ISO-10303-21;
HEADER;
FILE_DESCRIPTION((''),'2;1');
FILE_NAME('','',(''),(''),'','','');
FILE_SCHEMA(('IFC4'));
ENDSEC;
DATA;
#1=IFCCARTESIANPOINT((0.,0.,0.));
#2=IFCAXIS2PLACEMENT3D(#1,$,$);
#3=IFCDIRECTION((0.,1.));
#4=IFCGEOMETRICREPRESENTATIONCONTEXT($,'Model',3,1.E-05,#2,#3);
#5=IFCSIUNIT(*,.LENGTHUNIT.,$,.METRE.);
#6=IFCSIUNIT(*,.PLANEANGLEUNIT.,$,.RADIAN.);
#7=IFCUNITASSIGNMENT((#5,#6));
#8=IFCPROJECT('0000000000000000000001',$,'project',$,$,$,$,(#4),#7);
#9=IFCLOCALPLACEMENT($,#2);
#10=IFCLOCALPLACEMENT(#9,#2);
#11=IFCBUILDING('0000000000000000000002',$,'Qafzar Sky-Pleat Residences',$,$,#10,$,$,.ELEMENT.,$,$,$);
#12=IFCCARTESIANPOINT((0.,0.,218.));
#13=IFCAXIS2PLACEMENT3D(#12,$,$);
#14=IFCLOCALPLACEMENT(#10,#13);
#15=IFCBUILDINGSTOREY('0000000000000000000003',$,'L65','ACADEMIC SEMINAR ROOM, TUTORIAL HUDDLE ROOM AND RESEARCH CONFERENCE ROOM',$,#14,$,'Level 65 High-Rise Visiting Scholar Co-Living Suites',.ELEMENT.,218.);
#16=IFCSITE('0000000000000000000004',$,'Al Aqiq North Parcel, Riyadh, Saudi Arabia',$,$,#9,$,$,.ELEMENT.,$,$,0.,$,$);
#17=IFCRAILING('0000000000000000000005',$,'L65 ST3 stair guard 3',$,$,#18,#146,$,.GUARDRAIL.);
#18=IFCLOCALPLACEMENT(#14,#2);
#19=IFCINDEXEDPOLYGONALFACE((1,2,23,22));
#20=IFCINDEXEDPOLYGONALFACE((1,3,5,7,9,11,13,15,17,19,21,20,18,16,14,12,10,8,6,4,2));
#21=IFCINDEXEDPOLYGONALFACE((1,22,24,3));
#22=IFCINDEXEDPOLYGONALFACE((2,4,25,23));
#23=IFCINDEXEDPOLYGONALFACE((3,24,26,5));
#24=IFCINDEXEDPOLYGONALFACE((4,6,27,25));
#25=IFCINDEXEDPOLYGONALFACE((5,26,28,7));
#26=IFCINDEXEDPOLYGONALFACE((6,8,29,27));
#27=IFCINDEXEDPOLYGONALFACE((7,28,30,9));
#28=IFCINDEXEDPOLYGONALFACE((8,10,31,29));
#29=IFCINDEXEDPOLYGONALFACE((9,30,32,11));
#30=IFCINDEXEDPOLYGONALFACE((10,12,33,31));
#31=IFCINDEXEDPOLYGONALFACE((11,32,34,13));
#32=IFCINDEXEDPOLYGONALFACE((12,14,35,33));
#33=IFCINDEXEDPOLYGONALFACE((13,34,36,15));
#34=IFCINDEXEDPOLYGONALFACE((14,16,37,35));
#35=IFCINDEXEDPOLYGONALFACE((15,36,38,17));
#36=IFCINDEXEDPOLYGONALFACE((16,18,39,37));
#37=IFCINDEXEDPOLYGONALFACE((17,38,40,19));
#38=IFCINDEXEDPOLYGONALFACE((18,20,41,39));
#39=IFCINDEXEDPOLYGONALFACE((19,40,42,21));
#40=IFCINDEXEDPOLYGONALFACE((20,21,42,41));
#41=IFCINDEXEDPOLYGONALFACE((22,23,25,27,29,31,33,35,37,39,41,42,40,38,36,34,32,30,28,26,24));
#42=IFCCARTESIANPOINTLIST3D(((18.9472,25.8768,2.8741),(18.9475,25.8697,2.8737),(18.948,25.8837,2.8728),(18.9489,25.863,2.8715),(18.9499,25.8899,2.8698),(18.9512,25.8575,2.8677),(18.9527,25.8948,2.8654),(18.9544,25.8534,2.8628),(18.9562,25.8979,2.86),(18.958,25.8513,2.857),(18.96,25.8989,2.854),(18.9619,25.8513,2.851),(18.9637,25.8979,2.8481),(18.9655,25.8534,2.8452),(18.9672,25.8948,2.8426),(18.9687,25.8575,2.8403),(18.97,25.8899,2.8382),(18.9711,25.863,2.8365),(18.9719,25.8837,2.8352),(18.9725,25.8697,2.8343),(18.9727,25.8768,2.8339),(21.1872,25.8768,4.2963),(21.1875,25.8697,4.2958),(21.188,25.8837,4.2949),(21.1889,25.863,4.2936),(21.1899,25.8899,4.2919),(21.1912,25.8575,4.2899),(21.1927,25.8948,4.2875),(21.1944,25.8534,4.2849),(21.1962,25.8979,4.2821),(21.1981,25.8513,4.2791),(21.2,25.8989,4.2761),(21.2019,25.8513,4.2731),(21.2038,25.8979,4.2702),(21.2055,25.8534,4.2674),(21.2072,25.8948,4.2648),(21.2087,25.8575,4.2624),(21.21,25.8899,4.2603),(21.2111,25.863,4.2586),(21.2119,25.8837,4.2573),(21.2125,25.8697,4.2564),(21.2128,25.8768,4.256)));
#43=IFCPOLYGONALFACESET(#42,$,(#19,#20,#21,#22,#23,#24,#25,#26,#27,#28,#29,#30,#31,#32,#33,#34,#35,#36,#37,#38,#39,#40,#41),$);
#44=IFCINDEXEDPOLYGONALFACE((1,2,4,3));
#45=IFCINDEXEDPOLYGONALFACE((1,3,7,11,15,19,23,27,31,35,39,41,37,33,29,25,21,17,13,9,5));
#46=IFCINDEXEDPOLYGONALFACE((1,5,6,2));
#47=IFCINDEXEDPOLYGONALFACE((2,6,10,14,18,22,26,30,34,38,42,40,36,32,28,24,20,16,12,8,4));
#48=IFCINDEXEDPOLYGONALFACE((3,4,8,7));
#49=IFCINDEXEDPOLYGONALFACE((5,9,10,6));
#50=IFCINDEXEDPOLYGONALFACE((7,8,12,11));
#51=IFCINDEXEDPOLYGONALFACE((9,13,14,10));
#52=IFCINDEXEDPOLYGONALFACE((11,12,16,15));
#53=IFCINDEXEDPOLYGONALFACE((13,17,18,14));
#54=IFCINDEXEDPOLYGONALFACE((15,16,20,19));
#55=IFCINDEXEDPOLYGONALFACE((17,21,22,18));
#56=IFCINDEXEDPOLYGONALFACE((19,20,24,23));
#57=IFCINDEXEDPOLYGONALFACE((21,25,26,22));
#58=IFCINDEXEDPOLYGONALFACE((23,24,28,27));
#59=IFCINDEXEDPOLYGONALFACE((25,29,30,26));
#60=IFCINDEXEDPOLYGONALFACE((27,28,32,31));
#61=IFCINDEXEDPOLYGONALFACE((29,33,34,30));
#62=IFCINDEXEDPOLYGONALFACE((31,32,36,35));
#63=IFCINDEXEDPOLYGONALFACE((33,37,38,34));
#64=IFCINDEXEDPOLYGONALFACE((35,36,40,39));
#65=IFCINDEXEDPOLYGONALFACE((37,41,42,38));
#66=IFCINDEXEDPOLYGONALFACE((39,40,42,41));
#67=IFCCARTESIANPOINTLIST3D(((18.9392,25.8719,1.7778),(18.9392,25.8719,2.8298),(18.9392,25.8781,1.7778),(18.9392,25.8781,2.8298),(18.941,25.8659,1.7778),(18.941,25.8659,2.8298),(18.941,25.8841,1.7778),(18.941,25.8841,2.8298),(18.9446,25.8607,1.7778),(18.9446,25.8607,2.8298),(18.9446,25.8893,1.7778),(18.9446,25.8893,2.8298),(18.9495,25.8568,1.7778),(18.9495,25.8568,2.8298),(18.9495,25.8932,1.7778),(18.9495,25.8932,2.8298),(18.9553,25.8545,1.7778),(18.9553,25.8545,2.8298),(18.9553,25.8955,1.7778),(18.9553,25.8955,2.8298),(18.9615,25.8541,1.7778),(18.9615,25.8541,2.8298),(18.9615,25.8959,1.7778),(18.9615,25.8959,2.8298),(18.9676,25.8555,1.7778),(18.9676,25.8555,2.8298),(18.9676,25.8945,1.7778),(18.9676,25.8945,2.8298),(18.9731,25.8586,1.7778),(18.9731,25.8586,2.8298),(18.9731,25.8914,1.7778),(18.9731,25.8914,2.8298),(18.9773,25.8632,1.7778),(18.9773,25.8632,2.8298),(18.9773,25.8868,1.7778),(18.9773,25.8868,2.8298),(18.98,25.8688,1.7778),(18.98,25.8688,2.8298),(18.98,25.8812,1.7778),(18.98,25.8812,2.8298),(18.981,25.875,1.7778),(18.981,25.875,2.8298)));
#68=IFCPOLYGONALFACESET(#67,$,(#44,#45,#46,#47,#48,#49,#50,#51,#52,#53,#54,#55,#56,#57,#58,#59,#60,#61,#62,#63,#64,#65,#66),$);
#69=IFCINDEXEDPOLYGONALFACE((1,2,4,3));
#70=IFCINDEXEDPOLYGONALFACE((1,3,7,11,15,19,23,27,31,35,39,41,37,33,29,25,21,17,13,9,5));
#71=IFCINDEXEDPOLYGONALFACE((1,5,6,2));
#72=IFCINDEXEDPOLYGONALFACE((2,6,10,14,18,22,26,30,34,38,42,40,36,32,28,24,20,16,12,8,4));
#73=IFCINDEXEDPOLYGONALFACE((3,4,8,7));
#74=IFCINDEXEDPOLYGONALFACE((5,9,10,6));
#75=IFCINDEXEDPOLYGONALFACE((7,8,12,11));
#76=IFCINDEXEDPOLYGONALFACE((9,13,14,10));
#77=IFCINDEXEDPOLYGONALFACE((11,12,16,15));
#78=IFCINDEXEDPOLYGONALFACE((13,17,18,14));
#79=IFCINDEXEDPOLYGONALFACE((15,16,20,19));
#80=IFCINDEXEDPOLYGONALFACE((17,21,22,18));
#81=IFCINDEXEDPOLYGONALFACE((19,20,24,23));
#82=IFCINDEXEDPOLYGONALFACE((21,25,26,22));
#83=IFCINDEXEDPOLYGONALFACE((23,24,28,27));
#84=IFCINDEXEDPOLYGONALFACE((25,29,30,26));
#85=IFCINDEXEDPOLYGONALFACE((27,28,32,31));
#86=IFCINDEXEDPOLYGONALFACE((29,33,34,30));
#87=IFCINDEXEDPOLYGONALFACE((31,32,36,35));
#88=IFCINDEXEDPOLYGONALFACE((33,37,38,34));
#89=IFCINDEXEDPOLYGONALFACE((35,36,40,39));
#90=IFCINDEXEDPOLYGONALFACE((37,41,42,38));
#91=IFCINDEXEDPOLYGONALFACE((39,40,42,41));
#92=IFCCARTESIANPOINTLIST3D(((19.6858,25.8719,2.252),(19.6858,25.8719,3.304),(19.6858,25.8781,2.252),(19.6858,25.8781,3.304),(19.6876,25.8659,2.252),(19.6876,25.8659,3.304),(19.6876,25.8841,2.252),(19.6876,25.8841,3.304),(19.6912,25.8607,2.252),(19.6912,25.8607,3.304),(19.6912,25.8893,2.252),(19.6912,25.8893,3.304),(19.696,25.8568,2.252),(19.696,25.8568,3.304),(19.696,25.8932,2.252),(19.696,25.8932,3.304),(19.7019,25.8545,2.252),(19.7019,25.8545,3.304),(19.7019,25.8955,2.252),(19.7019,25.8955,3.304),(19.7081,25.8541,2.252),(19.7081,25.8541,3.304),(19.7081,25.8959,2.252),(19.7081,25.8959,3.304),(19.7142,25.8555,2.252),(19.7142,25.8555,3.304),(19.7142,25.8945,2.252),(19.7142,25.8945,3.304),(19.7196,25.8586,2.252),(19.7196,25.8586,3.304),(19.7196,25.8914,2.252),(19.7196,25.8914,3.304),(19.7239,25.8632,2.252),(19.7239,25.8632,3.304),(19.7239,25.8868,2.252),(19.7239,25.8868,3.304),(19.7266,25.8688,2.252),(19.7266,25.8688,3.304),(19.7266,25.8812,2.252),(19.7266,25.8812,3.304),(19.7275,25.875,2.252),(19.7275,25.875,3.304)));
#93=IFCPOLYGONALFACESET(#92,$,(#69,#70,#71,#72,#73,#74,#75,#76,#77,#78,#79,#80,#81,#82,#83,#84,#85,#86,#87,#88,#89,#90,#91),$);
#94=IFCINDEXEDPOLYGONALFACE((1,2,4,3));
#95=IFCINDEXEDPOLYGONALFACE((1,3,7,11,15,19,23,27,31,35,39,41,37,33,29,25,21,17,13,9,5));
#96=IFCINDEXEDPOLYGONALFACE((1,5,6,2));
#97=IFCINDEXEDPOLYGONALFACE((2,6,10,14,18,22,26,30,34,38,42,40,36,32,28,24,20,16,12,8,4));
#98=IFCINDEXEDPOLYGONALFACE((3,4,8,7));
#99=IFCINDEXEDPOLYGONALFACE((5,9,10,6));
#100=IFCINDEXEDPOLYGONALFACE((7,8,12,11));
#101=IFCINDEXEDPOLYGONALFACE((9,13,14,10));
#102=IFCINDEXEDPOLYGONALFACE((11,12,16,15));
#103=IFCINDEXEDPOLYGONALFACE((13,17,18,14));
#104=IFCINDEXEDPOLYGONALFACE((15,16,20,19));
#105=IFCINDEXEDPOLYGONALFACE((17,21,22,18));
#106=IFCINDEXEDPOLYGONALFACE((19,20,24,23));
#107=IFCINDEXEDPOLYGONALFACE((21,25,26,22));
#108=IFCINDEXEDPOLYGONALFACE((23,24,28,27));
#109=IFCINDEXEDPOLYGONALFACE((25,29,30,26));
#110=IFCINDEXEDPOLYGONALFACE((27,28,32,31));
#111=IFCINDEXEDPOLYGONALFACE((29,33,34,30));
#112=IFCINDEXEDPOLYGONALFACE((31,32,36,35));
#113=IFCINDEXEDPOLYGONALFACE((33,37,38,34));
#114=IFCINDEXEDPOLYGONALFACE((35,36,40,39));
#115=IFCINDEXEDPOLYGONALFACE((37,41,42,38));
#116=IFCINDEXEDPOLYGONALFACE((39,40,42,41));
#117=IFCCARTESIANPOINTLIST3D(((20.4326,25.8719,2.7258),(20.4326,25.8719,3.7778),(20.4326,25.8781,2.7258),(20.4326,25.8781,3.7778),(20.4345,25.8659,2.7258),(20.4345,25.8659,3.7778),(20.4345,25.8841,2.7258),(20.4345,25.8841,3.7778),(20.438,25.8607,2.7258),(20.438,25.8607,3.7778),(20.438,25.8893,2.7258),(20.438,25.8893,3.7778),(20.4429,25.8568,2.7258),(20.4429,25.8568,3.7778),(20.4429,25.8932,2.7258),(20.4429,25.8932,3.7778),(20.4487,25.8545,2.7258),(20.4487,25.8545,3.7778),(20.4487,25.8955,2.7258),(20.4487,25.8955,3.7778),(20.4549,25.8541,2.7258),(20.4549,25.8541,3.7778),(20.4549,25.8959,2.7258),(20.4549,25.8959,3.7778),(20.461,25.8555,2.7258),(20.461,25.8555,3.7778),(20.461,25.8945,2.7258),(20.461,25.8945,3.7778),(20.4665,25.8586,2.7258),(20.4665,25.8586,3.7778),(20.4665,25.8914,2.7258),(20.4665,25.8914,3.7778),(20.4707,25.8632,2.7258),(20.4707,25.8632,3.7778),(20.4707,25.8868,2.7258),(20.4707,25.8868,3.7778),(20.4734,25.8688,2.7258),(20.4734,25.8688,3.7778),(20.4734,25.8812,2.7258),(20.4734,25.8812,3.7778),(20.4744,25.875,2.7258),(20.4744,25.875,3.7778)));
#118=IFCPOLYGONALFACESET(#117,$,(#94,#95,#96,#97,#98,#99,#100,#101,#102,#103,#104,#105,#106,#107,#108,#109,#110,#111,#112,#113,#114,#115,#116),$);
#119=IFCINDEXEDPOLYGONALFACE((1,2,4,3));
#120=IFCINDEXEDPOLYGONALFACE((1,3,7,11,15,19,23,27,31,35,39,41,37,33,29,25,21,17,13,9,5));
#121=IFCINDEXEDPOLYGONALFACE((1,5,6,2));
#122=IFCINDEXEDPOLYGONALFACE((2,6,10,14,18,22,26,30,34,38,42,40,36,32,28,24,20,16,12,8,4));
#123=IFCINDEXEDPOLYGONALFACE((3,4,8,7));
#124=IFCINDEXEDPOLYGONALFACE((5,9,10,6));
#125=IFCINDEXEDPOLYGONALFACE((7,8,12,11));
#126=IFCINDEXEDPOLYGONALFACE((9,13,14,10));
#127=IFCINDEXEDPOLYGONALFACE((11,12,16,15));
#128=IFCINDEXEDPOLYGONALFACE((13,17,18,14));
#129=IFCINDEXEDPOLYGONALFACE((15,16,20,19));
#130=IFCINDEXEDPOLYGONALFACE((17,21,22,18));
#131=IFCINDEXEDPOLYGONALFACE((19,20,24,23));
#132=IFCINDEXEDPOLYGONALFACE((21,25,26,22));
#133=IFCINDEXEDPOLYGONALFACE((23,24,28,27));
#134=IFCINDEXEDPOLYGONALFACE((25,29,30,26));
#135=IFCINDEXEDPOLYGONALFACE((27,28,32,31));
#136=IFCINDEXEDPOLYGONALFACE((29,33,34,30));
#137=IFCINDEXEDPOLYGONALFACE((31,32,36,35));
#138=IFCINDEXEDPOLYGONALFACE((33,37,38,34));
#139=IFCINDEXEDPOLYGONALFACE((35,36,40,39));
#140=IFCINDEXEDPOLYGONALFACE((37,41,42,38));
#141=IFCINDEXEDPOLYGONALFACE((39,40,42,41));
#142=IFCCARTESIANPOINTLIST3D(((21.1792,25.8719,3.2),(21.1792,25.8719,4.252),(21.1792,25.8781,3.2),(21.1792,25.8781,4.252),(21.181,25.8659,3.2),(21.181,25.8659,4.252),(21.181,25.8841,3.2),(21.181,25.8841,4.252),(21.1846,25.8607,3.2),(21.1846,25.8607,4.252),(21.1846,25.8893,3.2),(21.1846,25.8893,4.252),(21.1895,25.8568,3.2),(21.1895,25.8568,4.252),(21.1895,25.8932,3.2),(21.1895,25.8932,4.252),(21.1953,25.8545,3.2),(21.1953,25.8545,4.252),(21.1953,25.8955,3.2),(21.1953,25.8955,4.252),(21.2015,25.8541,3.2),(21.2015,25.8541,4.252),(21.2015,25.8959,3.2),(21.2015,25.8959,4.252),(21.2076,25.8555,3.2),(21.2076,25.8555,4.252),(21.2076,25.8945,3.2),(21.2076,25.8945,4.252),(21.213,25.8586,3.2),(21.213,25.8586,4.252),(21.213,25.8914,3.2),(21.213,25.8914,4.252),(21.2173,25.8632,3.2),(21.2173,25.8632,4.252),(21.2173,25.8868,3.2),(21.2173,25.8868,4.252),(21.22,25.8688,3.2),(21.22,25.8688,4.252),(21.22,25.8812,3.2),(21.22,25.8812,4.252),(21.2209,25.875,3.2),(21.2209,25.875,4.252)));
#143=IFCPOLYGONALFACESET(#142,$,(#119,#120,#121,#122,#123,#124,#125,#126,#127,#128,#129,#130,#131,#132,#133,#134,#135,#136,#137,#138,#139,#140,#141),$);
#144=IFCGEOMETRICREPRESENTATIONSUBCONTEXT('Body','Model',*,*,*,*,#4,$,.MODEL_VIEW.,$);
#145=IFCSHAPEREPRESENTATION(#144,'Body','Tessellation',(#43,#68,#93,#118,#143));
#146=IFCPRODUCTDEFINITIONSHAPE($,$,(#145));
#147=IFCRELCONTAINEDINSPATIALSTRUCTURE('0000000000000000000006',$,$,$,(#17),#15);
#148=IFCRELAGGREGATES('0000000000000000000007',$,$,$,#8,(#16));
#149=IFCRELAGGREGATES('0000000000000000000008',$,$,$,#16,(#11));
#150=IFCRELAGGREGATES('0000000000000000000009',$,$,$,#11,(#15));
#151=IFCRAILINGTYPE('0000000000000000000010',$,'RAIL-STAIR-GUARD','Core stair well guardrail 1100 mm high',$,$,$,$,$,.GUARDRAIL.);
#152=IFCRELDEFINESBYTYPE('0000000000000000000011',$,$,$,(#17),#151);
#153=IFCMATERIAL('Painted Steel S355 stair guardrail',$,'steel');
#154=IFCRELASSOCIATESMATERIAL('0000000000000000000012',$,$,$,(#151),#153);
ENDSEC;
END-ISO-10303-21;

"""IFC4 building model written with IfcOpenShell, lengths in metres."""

from ifc_helpers import new_model, si_unit, direction, frame, origin, origin_2d, place, context, subcontext, project, spatial, circle, extrude, source, transform, mapped, material, type_object, element, save


model = new_model("IFC4")

# Units and contexts
model_context = context("Model", 3, precision=1e-05, world=origin(), true_north=direction((0.0, 1.0)))
body_context = subcontext(model_context, "Body", "Model", "MODEL_VIEW")
ifc_project = project(units=[si_unit("LENGTHUNIT", "METRE"), si_unit("PLANEANGLEUNIT", "RADIAN")], contexts=[model_context])

# Site, building, storey
site_placement = place(None, origin())
site = spatial("IfcSite", under=ifc_project, at=site_placement, Name="Al Aqiq North Parcel, Riyadh, Saudi Arabia", CompositionType="ELEMENT", RefElevation=0.0)
building_placement = place(site_placement, origin())
building = spatial("IfcBuilding", under=site, at=building_placement, Name="Qafzar Sky-Pleat Residences", CompositionType="ELEMENT")
storey_placement = place(building_placement, frame((0.0, 0.0, 218.0)))
storey = spatial("IfcBuildingStorey", under=building, at=storey_placement, Name="L65", Description="ACADEMIC SEMINAR ROOM, TUTORIAL HUDDLE ROOM AND RESEARCH CONFERENCE ROOM", LongName="Level 65 High-Rise Visiting Scholar Co-Living Suites", CompositionType="ELEMENT", Elevation=218.0)

# Railing
ifc_material_1 = material(Name="Painted Steel S355 stair guardrail", Category="steel")
railing_type_1 = type_object("IfcRailingType", Name="RAIL-STAIR-GUARD", Description="Core stair well guardrail 1100 mm high", PredefinedType="GUARDRAIL", material=ifc_material_1)
shared_shape_1 = source(origin(), body_context, "Body", "SweptSolid", [
    extrude(circle(Radius=0.0239, at=origin_2d()), frame((0.0, 0.0, 1.0762), z_axis=(0.844229, 0.0, 0.535982), x_axis=(0.0, 1.0, 0.0)), (0.0, 0.0, 1.0), 2.6533),
    extrude(circle(Radius=0.021, at=origin_2d()), origin(), (0.0, 0.0, 1.0), 1.052),
    extrude(circle(Radius=0.021, at=origin_2d()), frame((0.7466, 0.0, 0.4741)), (0.0, 0.0, 1.0), 1.052),
    extrude(circle(Radius=0.021, at=origin_2d()), frame((1.4934, 0.0, 0.948)), (0.0, 0.0, 1.0), 1.052),
    extrude(circle(Radius=0.021, at=origin_2d()), frame((2.24, 0.0, 1.4221)), (0.0, 0.0, 1.0), 1.052),
])
railing_1_placement = place(storey_placement, frame((18.96, 25.875, 1.7778)))
element("IfcRailing", 1, at=railing_1_placement, inside=storey, type_object=railing_type_1, Name="L65 ST3 stair guard 3", PredefinedType="GUARDRAIL", context=body_context, shape_type="MappedRepresentation", body=[
    mapped(shared_shape_1, transform((0.0, 0.0, 0.0), x_axis=(1.0, 0.0, 0.0), y_axis=(0.0, 1.0, 0.0), z_axis=(0.0, 0.0, 1.0), scale=1.0)),
])

save(model, "model.ifc")
